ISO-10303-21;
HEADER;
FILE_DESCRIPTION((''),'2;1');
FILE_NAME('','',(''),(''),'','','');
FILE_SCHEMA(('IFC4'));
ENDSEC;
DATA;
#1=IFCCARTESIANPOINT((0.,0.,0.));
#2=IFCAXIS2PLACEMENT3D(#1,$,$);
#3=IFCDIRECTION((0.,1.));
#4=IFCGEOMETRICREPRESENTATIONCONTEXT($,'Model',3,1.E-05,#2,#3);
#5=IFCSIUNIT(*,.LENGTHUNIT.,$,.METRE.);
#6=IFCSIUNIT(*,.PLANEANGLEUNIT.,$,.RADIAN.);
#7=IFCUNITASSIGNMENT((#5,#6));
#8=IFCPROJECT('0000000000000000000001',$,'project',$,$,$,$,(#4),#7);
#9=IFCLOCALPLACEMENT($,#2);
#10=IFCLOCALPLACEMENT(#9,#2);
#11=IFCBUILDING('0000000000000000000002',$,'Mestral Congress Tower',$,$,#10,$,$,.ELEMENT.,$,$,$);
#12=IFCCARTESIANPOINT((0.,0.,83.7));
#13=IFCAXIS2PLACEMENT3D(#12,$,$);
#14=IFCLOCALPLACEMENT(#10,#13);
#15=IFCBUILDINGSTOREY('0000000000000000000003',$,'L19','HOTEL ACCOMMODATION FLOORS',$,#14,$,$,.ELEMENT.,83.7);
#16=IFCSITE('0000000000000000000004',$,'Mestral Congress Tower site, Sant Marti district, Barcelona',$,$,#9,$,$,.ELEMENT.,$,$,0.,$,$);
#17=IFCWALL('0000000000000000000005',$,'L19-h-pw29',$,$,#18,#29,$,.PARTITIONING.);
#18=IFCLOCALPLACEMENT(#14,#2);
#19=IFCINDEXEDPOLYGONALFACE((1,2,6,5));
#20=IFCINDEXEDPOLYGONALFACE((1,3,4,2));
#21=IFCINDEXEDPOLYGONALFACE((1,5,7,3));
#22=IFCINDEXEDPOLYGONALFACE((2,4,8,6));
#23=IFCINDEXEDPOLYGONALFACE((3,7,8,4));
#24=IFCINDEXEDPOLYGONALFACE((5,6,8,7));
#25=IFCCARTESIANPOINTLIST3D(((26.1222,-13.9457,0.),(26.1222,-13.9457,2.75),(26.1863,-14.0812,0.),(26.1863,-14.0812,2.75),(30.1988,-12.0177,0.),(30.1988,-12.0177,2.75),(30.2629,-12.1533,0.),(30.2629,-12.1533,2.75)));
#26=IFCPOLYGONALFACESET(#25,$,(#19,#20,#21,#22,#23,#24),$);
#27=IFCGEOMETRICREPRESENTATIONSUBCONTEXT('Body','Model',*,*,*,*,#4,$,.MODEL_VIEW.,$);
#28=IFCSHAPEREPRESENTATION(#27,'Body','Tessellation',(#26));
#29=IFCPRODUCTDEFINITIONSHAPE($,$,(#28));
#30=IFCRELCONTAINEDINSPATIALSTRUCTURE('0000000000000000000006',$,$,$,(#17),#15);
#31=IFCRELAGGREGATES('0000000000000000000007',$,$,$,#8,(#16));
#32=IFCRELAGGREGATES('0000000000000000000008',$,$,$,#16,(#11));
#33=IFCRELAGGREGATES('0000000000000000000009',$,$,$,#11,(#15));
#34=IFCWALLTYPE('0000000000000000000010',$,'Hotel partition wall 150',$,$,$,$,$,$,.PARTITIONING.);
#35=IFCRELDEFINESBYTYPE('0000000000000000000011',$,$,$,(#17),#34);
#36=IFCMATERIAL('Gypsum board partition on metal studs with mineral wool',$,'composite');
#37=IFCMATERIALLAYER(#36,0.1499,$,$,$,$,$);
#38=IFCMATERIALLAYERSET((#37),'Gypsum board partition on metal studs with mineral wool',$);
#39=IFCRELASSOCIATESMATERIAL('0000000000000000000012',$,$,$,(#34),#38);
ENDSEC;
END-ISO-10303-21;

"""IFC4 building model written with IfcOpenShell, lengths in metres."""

from ifc_helpers import new_model, si_unit, direction, frame, frame_2d, origin, place, context, subcontext, project, spatial, rectangle, extrude, material, layer, layer_set, type_object, element, save


model = new_model("IFC4")

# Units and contexts
model_context = context("Model", 3, precision=1e-05, world=origin(), true_north=direction((0.0, 1.0)))
body_context = subcontext(model_context, "Body", "Model", "MODEL_VIEW")
ifc_project = project(units=[si_unit("LENGTHUNIT", "METRE"), si_unit("PLANEANGLEUNIT", "RADIAN")], contexts=[model_context])

# Site, building, storey
site_placement = place(None, origin())
site = spatial("IfcSite", under=ifc_project, at=site_placement, Name="Mestral Congress Tower site, Sant Marti district, Barcelona", CompositionType="ELEMENT", RefElevation=0.0)
building_placement = place(site_placement, origin())
building = spatial("IfcBuilding", under=site, at=building_placement, Name="Mestral Congress Tower", CompositionType="ELEMENT")
storey_placement = place(building_placement, frame((0.0, 0.0, 83.7)))
storey = spatial("IfcBuildingStorey", under=building, at=storey_placement, Name="L19", Description="HOTEL ACCOMMODATION FLOORS", CompositionType="ELEMENT", Elevation=83.7)

# Shared definitions
ifc_material_1 = material(Name="Gypsum board partition on metal studs with mineral wool", Category="composite")

# Wall
ifc_layer_1 = layer(ifc_material_1, 0.1499)
ifc_layer_set_1 = layer_set([ifc_layer_1], Name="Gypsum board partition on metal studs with mineral wool")
wall_type_1 = type_object("IfcWallType", Name="Hotel partition wall 150", PredefinedType="PARTITIONING", material=ifc_layer_set_1)
wall_1_placement = place(storey_placement, frame((30.231, -12.0854, 0.0), z_axis=(0.0, 0.0, 1.0), x_axis=(-0.904001, -0.42753, 0.0)))
element("IfcWall", 1, at=wall_1_placement, inside=storey, type_object=wall_type_1, Name="L19-h-pw29", PredefinedType="PARTITIONING", context=body_context, shape_type="SweptSolid", body=[
    extrude(rectangle(XDim=4.5095, YDim=0.1499, at=frame_2d((2.2549, 0.0))), origin(), (0.0, 0.0, 1.0), 2.75),
])

save(model, "model.ifc")
